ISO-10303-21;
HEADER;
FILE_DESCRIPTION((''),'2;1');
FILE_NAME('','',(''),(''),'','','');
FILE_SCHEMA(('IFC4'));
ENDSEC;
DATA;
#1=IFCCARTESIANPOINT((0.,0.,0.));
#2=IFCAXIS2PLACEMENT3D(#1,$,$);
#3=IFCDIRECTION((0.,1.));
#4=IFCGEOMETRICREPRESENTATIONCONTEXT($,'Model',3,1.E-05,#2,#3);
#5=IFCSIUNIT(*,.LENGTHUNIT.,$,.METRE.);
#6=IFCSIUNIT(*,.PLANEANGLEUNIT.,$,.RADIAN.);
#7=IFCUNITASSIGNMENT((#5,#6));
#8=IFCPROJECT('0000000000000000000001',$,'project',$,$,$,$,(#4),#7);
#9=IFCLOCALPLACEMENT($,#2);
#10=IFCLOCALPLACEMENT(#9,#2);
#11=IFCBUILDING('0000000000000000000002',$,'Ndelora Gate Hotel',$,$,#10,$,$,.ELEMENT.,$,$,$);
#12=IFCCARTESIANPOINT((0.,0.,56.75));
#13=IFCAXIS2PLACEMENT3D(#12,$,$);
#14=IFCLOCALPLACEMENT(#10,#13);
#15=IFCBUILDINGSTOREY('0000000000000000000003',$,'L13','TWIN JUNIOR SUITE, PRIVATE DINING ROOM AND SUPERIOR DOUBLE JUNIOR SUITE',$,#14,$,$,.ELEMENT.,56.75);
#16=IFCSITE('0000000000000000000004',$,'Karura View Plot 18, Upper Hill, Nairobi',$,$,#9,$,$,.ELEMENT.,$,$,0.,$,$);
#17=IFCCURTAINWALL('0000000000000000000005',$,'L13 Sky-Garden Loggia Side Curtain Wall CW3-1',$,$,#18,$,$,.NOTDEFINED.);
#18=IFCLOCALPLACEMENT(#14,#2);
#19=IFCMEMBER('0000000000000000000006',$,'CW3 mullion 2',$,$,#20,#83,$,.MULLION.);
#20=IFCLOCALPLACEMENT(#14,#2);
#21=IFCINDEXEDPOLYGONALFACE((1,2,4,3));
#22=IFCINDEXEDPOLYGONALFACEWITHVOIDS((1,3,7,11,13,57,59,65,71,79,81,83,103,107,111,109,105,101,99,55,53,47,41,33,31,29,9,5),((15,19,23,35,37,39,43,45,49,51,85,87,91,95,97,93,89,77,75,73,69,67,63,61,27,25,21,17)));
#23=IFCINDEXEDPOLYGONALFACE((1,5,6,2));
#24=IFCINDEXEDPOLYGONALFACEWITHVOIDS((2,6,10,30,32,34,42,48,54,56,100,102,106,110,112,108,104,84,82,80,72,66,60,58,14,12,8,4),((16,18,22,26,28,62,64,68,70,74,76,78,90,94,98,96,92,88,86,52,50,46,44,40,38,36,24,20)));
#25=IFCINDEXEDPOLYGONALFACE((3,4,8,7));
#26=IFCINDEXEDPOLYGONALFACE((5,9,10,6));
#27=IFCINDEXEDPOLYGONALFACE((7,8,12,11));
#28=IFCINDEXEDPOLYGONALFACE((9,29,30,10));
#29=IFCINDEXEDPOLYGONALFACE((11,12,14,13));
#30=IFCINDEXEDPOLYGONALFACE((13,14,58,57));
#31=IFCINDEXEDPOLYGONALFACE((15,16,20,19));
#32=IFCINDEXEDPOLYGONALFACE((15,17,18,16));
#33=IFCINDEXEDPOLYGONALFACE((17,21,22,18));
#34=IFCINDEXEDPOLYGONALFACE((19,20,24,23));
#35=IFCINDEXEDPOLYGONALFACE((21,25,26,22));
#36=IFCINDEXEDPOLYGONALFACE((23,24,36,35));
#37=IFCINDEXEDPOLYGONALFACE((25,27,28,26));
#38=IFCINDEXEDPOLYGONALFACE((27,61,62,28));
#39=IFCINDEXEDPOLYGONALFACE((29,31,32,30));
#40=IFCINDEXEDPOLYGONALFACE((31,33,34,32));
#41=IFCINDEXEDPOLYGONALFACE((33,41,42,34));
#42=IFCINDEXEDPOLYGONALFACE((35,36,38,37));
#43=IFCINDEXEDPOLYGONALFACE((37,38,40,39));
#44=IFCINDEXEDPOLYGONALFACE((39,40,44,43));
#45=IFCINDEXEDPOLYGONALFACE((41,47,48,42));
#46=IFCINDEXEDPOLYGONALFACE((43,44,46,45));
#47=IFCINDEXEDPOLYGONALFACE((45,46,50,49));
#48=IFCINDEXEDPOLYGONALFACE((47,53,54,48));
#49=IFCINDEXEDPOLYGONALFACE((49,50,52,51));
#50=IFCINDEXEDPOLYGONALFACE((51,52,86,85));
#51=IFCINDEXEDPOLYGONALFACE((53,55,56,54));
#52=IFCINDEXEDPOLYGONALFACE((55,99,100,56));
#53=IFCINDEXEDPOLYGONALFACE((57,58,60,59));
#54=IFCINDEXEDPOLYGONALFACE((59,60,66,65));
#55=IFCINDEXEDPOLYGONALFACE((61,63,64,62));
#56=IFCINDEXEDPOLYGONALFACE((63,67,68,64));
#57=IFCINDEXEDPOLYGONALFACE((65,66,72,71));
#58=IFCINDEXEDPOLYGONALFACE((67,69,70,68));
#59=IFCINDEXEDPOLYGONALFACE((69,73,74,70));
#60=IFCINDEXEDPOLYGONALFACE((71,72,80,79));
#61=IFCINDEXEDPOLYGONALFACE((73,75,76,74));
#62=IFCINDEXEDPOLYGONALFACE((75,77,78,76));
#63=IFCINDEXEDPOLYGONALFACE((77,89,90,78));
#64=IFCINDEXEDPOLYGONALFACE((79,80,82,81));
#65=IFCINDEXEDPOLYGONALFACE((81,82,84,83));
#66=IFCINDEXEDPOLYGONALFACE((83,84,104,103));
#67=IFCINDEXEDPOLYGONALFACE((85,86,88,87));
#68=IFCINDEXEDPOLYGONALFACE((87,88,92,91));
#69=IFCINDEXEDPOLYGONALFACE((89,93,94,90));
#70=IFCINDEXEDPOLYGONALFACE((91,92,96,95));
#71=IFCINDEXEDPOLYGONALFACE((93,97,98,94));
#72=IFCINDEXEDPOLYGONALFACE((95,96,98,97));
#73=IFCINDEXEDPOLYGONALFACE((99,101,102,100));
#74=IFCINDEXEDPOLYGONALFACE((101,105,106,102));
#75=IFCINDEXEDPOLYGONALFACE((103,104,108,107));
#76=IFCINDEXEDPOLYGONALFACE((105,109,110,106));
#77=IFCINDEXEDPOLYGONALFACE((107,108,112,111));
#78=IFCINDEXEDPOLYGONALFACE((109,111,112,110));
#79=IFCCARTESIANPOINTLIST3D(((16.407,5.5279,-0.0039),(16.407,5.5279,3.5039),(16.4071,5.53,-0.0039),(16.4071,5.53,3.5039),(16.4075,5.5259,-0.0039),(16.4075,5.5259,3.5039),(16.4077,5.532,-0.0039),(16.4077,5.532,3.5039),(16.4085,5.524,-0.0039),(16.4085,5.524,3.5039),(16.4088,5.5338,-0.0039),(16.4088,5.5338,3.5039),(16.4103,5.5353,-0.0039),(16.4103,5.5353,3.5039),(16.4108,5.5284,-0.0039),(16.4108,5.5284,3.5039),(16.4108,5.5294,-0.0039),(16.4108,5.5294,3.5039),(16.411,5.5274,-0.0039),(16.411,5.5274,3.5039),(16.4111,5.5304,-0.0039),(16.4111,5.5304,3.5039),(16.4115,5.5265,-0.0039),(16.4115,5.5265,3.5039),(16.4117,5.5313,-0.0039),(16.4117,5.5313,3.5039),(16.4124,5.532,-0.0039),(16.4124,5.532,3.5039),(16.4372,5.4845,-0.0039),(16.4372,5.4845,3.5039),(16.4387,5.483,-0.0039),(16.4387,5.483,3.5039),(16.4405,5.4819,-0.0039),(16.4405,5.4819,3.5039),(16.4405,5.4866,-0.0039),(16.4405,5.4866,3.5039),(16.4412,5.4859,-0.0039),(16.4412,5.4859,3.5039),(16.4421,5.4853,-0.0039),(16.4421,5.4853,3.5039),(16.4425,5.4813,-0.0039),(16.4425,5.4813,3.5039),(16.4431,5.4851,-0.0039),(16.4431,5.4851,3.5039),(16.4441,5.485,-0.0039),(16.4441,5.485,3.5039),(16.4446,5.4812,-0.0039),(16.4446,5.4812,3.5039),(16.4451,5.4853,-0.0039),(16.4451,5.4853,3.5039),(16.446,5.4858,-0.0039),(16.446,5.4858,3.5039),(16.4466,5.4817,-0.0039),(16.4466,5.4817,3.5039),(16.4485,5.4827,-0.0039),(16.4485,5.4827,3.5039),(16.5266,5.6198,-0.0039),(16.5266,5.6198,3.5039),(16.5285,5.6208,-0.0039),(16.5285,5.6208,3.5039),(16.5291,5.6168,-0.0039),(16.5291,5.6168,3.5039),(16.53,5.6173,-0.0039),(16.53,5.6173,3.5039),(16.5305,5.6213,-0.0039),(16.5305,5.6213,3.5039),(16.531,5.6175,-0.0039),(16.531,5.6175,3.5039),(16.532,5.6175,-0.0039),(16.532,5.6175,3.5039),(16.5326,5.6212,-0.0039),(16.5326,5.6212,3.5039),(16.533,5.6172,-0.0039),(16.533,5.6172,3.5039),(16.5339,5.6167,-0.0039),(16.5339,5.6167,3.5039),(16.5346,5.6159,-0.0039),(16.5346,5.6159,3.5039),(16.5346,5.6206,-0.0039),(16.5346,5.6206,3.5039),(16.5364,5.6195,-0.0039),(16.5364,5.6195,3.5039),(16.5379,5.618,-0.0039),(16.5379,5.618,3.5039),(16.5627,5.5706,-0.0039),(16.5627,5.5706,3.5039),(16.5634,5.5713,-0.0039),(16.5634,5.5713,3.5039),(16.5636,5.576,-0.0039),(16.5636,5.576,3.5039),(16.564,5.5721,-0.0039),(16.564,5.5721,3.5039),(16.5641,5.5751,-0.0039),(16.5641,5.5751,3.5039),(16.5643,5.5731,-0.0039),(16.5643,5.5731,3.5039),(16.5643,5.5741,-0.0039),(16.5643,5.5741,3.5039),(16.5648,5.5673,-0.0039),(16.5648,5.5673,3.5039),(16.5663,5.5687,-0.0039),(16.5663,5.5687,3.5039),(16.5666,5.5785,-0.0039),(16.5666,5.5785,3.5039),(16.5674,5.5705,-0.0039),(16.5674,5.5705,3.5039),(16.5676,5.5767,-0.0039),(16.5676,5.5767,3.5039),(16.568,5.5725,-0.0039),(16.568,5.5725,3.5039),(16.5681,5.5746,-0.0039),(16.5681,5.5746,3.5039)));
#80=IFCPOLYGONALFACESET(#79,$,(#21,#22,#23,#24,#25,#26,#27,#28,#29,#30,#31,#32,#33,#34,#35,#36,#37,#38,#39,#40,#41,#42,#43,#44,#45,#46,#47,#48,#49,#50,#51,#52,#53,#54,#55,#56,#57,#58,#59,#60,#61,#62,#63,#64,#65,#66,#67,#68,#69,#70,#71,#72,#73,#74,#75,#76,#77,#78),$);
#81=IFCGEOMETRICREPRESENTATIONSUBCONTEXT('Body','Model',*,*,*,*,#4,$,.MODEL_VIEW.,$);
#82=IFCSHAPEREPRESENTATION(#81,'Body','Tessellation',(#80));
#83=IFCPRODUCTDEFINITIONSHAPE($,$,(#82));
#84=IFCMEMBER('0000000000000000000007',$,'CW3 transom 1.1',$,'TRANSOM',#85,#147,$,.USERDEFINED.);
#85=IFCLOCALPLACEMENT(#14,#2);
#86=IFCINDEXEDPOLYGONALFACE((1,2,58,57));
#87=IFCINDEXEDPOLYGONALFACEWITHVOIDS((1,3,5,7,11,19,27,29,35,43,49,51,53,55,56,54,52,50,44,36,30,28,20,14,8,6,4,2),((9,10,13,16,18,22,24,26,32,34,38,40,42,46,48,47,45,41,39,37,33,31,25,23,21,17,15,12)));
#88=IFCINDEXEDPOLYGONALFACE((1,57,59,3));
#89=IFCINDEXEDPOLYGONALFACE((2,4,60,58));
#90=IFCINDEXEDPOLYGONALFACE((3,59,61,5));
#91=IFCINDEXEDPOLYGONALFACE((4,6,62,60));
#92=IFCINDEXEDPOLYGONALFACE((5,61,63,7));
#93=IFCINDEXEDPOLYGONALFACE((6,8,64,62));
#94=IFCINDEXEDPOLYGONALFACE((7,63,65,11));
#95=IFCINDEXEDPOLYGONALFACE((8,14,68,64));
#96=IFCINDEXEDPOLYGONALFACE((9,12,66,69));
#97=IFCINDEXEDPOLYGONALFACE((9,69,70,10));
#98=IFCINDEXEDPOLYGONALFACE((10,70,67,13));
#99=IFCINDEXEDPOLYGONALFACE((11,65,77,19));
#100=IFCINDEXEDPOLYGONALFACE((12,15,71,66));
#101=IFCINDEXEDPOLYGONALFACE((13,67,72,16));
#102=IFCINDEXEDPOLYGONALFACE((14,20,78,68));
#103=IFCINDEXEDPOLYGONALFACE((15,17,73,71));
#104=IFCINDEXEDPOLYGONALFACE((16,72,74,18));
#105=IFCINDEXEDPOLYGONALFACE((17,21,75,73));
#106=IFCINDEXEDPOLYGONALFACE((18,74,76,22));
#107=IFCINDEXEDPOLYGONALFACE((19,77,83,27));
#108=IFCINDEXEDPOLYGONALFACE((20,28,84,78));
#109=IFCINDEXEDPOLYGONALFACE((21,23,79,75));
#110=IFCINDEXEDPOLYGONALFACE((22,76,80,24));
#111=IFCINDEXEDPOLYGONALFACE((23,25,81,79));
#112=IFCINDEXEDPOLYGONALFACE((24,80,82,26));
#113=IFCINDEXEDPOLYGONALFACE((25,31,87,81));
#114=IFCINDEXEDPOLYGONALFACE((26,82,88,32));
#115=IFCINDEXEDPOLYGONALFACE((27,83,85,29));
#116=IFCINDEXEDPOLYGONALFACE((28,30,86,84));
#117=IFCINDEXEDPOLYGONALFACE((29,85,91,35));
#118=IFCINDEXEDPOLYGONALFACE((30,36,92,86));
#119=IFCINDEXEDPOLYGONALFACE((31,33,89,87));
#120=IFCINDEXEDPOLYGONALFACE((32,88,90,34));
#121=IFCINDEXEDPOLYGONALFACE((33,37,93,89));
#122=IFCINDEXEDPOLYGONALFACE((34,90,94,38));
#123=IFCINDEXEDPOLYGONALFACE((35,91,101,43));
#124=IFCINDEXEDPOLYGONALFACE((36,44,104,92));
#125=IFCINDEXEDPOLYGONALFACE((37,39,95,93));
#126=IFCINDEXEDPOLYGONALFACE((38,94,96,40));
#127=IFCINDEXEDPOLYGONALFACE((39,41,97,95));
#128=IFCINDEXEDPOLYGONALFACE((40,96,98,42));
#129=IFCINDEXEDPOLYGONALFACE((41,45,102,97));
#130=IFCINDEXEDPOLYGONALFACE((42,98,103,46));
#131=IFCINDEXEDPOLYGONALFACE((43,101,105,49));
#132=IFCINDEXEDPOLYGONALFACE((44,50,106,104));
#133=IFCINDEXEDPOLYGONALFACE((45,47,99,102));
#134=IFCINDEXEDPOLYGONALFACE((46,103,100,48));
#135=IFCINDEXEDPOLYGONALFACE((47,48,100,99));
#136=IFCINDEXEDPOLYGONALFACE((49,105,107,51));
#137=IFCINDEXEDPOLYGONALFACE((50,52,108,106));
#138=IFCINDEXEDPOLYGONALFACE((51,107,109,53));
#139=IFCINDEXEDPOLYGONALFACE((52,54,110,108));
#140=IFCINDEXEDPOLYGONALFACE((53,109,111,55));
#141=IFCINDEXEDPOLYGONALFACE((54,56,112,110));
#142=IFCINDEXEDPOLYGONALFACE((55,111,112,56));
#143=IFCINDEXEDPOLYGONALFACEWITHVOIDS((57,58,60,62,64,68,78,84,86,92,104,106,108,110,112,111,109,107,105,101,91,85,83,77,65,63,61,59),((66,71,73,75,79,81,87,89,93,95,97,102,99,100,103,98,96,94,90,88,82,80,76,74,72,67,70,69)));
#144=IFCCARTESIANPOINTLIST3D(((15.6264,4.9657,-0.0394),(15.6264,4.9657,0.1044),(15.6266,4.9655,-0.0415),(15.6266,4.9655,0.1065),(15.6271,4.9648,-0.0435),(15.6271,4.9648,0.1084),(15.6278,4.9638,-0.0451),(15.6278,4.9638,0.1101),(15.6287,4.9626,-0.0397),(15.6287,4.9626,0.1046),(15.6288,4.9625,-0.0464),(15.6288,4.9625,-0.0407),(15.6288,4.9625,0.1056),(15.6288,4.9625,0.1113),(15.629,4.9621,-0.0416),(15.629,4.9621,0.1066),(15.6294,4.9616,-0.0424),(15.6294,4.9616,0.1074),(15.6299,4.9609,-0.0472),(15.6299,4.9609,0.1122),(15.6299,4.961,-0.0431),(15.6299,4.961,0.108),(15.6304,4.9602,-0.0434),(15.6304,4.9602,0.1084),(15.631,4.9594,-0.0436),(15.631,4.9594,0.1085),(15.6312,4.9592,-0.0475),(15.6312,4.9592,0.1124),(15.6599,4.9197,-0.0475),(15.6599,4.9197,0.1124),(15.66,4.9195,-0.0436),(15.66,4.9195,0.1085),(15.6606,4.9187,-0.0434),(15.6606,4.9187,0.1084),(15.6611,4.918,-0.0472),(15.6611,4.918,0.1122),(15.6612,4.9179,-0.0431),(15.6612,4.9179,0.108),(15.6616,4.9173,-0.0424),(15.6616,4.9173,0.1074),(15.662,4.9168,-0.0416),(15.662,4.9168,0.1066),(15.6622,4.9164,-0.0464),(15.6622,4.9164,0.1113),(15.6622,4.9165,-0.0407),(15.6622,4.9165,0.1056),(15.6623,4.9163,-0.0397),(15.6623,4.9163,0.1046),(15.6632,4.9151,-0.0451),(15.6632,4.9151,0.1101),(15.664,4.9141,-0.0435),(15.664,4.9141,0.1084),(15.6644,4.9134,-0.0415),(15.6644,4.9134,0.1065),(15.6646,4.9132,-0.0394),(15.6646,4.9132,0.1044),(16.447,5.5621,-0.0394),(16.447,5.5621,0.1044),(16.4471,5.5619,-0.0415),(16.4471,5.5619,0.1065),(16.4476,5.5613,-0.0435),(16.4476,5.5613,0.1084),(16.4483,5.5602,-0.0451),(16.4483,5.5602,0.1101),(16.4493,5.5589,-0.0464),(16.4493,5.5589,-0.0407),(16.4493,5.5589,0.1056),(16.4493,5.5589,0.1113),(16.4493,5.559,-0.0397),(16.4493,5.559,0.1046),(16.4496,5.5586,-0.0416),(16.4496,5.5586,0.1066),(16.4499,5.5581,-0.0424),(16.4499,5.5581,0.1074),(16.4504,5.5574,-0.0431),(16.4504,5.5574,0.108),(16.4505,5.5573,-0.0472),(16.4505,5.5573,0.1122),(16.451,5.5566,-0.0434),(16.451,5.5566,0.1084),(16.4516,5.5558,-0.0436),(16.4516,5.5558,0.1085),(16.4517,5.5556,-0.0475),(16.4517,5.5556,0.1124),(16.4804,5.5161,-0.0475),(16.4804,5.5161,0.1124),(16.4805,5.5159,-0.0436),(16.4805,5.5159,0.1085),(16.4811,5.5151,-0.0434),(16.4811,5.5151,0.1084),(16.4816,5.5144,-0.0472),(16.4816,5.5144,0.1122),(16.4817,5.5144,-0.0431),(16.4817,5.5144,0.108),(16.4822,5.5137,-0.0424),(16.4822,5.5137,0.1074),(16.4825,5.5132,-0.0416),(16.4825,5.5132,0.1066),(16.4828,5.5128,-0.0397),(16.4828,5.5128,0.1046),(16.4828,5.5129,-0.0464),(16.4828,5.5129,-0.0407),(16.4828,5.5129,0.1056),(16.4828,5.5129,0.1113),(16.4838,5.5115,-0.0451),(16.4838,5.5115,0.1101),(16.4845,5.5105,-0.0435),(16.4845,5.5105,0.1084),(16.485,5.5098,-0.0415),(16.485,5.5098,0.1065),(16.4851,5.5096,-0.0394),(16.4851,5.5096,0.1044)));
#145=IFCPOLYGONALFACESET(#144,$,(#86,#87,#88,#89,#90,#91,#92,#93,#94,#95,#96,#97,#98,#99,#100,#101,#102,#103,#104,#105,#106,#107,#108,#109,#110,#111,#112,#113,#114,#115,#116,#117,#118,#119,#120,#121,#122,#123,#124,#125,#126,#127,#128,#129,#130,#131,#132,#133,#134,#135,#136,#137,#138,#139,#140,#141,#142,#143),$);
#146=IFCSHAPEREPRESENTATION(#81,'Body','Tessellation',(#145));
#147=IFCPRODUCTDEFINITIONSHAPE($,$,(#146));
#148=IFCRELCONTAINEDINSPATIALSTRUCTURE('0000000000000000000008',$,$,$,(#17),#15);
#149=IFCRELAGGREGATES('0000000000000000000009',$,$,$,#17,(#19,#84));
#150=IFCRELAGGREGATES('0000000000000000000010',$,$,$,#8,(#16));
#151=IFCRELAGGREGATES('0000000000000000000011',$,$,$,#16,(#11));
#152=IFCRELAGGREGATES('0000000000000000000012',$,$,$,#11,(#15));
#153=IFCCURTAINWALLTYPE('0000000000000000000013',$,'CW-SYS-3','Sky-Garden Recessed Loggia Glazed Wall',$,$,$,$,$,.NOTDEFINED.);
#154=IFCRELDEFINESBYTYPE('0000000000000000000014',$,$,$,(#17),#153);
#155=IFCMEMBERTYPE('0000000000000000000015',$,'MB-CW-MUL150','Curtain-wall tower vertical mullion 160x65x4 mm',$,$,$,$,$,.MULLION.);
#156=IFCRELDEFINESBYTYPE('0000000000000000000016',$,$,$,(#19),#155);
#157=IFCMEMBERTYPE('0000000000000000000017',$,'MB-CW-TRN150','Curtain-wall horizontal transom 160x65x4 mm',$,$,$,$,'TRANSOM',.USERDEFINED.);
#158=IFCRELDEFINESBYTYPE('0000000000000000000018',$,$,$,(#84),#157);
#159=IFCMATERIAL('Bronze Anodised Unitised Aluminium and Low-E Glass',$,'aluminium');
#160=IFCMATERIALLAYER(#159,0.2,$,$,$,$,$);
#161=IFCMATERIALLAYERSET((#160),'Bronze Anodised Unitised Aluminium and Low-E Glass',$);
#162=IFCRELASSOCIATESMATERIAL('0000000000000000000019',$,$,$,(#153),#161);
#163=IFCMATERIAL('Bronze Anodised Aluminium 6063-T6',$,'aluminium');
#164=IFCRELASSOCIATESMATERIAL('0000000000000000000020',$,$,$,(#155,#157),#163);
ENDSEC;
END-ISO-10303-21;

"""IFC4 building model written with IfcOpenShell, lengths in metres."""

from ifc_helpers import new_model, si_unit, direction, frame, origin, origin_2d, place, context, subcontext, project, spatial, hollow_rectangle, extrude, material, layer, layer_set, material_profile, profile_set, type_object, element, aggregate, save


model = new_model("IFC4")

# Units and contexts
model_context = context("Model", 3, precision=1e-05, world=origin(), true_north=direction((0.0, 1.0)))
body_context = subcontext(model_context, "Body", "Model", "MODEL_VIEW")
ifc_project = project(units=[si_unit("LENGTHUNIT", "METRE"), si_unit("PLANEANGLEUNIT", "RADIAN")], contexts=[model_context])

# Site, building, storey
site_placement = place(None, origin())
site = spatial("IfcSite", under=ifc_project, at=site_placement, Name="Karura View Plot 18, Upper Hill, Nairobi", CompositionType="ELEMENT", RefElevation=0.0)
building_placement = place(site_placement, origin())
building = spatial("IfcBuilding", under=site, at=building_placement, Name="Ndelora Gate Hotel", CompositionType="ELEMENT")
storey_placement = place(building_placement, frame((0.0, 0.0, 56.75)))
storey = spatial("IfcBuildingStorey", under=building, at=storey_placement, Name="L13", Description="TWIN JUNIOR SUITE, PRIVATE DINING ROOM AND SUPERIOR DOUBLE JUNIOR SUITE", CompositionType="ELEMENT", Elevation=56.75)

# Curtain wall, members
ifc_material_1 = material(Name="Bronze Anodised Unitised Aluminium and Low-E Glass", Category="aluminium")
ifc_layer_1 = layer(ifc_material_1, 0.2)
ifc_layer_set_1 = layer_set([ifc_layer_1], Name="Bronze Anodised Unitised Aluminium and Low-E Glass")
curtain_wall_type = type_object("IfcCurtainWallType", Name="CW-SYS-3", Description="Sky-Garden Recessed Loggia Glazed Wall", PredefinedType="NOTDEFINED", material=ifc_layer_set_1)
curtain_wall_placement = place(storey_placement, origin())
curtain_wall = element("IfcCurtainWall", 1, at=curtain_wall_placement, inside=storey, type_object=curtain_wall_type, Name="L13 Sky-Garden Loggia Side Curtain Wall CW3-1", PredefinedType="NOTDEFINED")
ifc_material_2 = material(Name="Bronze Anodised Aluminium 6063-T6", Category="aluminium")
ifc_material_profile_1 = material_profile(ifc_material_2, hollow_rectangle(XDim=0.0649, YDim=0.1599, WallThickness=0.0039, InnerFilletRadius=0.0039, OuterFilletRadius=0.0081, at=origin_2d()), Name="ALU 160x65x4")
ifc_profile_set_1 = profile_set([ifc_material_profile_1], Name="Bronze Anodised Aluminium 6063-T6")
member_type_1 = type_object("IfcMemberType", Name="MB-CW-MUL150", Description="Curtain-wall tower vertical mullion 160x65x4 mm", PredefinedType="MULLION", material=ifc_profile_set_1)
member_1_placement = place(storey_placement, frame((16.4875, 5.5513, -0.0039), z_axis=(0.0, 0.0, 1.0), x_axis=(-0.587785, 0.809017, 0.0)))
member_1 = element("IfcMember", 2, at=member_1_placement, type_object=member_type_1, Name="CW3 mullion 2", PredefinedType="MULLION", context=body_context, shape_type="SweptSolid", body=[
    extrude(hollow_rectangle(XDim=0.0649, YDim=0.1599, WallThickness=0.0039, InnerFilletRadius=0.0039, OuterFilletRadius=0.0081, at=origin_2d()), origin(), (0.0, 0.0, 1.0), 3.5078),
])
ifc_material_profile_2 = material_profile(ifc_material_2, hollow_rectangle(XDim=0.0649, YDim=0.1599, WallThickness=0.0039, InnerFilletRadius=0.0039, OuterFilletRadius=0.0081, at=origin_2d()), Name="ALU 160x65x4")
ifc_profile_set_2 = profile_set([ifc_material_profile_2], Name="Bronze Anodised Aluminium 6063-T6")
member_type_2 = type_object("IfcMemberType", Name="MB-CW-TRN150", Description="Curtain-wall horizontal transom 160x65x4 mm", ElementType="TRANSOM", PredefinedType="USERDEFINED", material=ifc_profile_set_2)
member_2_placement = place(storey_placement, frame((15.6455, 4.9395, 0.0325), z_axis=(0.808892, 0.587957, 0.0), x_axis=(-0.587957, 0.808892, 0.0)))
member_2 = element("IfcMember", 3, at=member_2_placement, type_object=member_type_2, Name="CW3 transom 1.1", ObjectType="TRANSOM", PredefinedType="USERDEFINED", context=body_context, shape_type="SweptSolid", body=[
    extrude(hollow_rectangle(XDim=0.0649, YDim=0.1599, WallThickness=0.0039, InnerFilletRadius=0.0039, OuterFilletRadius=0.0081, at=origin_2d()), origin(), (0.0, 0.0, 1.0), 1.0144),
])
aggregate(curtain_wall, [member_1, member_2])

save(model, "model.ifc")
